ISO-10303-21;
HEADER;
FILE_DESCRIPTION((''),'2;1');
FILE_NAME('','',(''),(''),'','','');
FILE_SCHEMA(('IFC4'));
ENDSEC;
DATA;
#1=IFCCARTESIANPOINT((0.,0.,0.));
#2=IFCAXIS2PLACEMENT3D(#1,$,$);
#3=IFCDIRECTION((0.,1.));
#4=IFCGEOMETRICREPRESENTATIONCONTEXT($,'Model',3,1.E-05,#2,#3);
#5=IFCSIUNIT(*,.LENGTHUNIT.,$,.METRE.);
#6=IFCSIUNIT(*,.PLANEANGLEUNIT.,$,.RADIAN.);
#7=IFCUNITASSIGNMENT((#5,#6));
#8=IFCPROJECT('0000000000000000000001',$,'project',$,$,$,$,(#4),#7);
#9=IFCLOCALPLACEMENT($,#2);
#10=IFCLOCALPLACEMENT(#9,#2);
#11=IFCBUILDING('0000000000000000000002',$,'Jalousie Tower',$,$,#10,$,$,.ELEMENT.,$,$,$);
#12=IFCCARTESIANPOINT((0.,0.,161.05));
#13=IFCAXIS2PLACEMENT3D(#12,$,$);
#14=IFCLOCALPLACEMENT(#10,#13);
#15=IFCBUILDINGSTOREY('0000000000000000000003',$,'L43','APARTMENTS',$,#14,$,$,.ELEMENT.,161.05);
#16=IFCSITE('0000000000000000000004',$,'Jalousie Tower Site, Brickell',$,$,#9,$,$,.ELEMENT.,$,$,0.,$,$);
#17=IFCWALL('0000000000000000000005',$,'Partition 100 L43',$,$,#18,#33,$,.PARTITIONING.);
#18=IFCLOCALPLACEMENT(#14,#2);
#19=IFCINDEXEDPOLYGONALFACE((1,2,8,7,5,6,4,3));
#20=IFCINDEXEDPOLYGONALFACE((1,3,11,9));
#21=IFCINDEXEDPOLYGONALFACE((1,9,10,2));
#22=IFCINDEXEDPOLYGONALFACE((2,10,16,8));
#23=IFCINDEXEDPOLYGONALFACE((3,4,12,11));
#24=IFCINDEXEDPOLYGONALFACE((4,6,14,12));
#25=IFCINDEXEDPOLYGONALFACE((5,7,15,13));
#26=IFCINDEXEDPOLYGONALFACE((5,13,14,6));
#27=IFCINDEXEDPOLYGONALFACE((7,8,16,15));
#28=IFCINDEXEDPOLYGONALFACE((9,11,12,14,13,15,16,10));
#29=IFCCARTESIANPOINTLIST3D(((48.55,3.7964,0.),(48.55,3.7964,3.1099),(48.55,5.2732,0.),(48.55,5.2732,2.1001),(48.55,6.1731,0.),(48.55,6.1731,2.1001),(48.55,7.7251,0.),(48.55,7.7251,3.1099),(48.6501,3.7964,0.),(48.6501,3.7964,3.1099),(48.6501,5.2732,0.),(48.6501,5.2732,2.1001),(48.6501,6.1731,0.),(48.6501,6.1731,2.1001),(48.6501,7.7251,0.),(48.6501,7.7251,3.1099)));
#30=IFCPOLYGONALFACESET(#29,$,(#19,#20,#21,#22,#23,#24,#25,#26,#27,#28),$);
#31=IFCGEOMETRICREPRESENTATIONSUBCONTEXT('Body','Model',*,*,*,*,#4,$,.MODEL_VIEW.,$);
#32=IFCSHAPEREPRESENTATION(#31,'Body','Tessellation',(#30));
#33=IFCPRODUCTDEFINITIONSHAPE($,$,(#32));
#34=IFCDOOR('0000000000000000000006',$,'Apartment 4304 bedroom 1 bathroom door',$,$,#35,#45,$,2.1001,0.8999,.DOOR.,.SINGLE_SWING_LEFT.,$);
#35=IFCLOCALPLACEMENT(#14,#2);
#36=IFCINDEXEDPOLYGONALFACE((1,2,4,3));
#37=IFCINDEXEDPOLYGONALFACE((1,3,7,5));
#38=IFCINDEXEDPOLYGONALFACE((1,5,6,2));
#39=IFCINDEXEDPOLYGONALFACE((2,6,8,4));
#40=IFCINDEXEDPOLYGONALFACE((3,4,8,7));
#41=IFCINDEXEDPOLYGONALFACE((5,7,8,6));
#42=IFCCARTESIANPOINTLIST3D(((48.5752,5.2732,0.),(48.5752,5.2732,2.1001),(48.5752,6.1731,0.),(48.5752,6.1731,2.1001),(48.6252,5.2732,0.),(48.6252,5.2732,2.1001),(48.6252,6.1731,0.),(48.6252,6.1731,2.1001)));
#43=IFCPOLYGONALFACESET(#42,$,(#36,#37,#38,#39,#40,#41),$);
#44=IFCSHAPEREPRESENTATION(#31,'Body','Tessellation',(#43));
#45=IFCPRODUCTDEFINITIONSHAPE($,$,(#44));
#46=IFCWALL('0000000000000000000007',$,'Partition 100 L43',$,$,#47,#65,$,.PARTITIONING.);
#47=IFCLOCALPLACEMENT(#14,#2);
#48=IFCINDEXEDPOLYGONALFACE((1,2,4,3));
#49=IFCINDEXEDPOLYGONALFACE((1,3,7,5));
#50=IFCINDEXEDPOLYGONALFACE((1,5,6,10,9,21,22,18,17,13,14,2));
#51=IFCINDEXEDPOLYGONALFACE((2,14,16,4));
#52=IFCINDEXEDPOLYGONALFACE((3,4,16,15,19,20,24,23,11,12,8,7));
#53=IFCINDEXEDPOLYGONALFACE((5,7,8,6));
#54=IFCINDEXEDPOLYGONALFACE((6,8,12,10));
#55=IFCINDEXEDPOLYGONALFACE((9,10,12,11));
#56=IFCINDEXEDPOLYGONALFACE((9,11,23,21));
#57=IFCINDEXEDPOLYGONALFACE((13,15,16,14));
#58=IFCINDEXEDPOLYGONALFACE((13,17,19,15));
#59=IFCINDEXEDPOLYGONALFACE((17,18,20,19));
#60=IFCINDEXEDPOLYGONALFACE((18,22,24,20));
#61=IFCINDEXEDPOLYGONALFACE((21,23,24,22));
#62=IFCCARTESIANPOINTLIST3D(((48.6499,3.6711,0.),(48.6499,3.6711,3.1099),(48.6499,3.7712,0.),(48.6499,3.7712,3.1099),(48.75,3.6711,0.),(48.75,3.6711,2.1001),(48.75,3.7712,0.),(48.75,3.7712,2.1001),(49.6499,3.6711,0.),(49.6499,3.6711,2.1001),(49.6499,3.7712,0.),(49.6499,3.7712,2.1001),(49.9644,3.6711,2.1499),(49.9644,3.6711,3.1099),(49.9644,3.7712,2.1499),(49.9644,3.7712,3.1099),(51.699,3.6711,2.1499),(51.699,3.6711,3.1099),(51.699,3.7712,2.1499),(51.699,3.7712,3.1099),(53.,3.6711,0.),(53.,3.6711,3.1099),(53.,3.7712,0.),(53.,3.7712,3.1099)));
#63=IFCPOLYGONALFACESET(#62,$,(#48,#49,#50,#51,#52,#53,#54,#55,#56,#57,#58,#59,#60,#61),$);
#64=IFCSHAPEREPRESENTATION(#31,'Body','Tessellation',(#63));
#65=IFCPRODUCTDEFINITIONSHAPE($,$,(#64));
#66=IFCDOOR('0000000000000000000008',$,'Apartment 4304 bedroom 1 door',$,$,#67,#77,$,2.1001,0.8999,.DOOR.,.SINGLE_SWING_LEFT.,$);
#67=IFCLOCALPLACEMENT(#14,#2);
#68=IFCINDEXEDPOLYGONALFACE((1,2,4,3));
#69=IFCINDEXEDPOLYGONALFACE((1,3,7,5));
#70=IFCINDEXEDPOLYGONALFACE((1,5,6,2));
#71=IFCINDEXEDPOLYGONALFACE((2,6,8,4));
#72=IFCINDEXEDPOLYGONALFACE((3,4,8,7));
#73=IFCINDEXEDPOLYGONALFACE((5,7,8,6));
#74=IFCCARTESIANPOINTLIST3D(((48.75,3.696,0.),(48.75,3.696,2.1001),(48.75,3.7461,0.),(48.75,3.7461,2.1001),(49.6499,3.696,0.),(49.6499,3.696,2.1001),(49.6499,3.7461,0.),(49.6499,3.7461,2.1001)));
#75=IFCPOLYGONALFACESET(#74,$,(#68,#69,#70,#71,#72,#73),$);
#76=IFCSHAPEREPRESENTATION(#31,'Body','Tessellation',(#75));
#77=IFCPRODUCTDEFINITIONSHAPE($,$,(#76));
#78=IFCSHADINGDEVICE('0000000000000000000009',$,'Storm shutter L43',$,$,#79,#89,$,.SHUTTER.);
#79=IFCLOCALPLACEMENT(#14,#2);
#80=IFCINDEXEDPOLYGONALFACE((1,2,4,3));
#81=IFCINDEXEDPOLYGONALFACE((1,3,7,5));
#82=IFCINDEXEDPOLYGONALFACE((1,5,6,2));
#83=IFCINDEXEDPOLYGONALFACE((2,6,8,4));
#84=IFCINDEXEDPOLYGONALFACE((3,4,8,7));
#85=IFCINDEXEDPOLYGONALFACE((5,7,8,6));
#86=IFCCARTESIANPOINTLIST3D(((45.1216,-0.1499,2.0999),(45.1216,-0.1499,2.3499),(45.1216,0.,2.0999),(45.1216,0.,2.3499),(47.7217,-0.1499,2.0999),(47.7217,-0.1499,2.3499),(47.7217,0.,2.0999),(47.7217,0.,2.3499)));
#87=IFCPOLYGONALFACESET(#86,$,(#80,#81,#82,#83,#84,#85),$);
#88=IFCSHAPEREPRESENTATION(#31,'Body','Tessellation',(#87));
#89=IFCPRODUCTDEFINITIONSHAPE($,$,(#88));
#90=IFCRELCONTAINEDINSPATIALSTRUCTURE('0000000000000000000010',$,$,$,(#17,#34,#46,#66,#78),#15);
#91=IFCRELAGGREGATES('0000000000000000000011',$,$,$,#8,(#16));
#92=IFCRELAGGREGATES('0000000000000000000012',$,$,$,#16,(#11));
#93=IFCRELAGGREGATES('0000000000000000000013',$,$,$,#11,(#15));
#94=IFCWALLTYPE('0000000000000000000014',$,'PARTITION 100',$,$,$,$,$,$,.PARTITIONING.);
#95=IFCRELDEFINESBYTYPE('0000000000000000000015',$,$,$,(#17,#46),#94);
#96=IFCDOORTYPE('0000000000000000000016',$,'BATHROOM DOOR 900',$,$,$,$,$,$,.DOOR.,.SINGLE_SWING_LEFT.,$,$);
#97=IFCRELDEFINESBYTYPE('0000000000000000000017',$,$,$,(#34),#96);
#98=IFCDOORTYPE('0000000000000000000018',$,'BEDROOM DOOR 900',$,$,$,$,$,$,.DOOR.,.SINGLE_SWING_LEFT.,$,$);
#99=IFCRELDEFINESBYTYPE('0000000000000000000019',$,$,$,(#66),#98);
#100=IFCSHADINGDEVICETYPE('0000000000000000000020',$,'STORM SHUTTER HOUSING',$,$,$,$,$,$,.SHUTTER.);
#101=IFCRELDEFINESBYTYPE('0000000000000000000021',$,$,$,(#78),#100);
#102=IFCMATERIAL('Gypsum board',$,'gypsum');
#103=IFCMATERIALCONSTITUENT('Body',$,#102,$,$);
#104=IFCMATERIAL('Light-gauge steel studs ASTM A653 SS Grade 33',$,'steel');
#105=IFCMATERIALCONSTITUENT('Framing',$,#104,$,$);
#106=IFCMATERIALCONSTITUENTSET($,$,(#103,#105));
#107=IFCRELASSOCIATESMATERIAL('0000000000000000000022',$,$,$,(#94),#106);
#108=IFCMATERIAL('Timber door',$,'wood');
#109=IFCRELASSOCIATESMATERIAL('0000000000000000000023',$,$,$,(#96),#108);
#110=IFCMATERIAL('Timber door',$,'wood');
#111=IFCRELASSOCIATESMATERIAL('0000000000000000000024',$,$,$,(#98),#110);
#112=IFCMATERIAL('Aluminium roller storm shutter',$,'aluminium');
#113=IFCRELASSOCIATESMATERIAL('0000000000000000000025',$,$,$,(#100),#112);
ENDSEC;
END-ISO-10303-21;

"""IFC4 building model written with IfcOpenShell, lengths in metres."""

from ifc_helpers import new_model, si_unit, direction, frame, frame_2d, origin, origin_2d, place, context, subcontext, project, spatial, polyline, rectangle, outline, extrude, material, constituent, constituent_set, type_object, element, fill, save


model = new_model("IFC4")

# Units and contexts
model_context = context("Model", 3, precision=1e-05, world=origin(), true_north=direction((0.0, 1.0)))
body_context = subcontext(model_context, "Body", "Model", "MODEL_VIEW")
ifc_project = project(units=[si_unit("LENGTHUNIT", "METRE"), si_unit("PLANEANGLEUNIT", "RADIAN")], contexts=[model_context])

# Site, building, storey
site_placement = place(None, origin())
site = spatial("IfcSite", under=ifc_project, at=site_placement, Name="Jalousie Tower Site, Brickell", CompositionType="ELEMENT", RefElevation=0.0)
building_placement = place(site_placement, origin())
building = spatial("IfcBuilding", under=site, at=building_placement, Name="Jalousie Tower", CompositionType="ELEMENT")
storey_placement = place(building_placement, frame((0.0, 0.0, 161.05)))
storey = spatial("IfcBuildingStorey", under=building, at=storey_placement, Name="L43", Description="APARTMENTS", CompositionType="ELEMENT", Elevation=161.05)

# Walls, openings, doors
ifc_material_1 = material(Name="Gypsum board", Category="gypsum")
ifc_constituent_1 = constituent(ifc_material_1, Name="Body")
ifc_material_2 = material(Name="Light-gauge steel studs ASTM A653 SS Grade 33", Category="steel")
ifc_constituent_2 = constituent(ifc_material_2, Name="Framing")
ifc_constituent_set_1 = constituent_set(constituents=[ifc_constituent_1, ifc_constituent_2])
wall_type_1 = type_object("IfcWallType", Name="PARTITION 100", PredefinedType="PARTITIONING", material=ifc_constituent_set_1)
wall_1_placement = place(storey_placement, frame((48.6001, 3.7964, 0.0), z_axis=(0.0, 0.0, 1.0), x_axis=(0.0, 1.0, 0.0)))
wall_1 = element("IfcWall", 1, at=wall_1_placement, inside=storey, type_object=wall_type_1, Name="Partition 100 L43", PredefinedType="PARTITIONING", context=body_context, shape_type="SweptSolid", body=[
    extrude(rectangle(XDim=3.9287, YDim=0.1001, at=frame_2d((1.9644, 0.0))), origin(), (0.0, 0.0, 1.0), 3.1099),
])
opening_1_placement = place(wall_1_placement, frame((1.4768, 0.0, 0.0)))
opening_1 = element("IfcOpeningElement", 2, at=opening_1_placement, cuts=wall_1, PredefinedType="OPENING", context=body_context, shape_type="SweptSolid", body=[
    extrude(rectangle(XDim=0.8999, YDim=2.1001, at=frame_2d((0.45, 1.05))), frame((0.0, 0.0601, 0.0), z_axis=(0.0, -1.0, 0.0), x_axis=(1.0, 0.0, 0.0)), (0.0, 0.0, 1.0), 0.1201),
])
ifc_material_3 = material(Name="Timber door", Category="wood")
door_type_1 = type_object("IfcDoorType", Name="BATHROOM DOOR 900", OperationType="SINGLE_SWING_LEFT", PredefinedType="DOOR", material=ifc_material_3)
door_1_placement = place(opening_1_placement, origin())
door_1 = element("IfcDoor", 3, at=door_1_placement, inside=storey, type_object=door_type_1, Name="Apartment 4304 bedroom 1 bathroom door", OperationType="SINGLE_SWING_LEFT", OverallHeight=2.1001, OverallWidth=0.8999, PredefinedType="DOOR", context=body_context, shape_type="SweptSolid", body=[
    extrude(rectangle(XDim=0.8999, YDim=2.1001, at=frame_2d((0.45, 1.05))), frame((0.0, 0.0249, 0.0), z_axis=(0.0, -1.0, 0.0), x_axis=(1.0, 0.0, 0.0)), (0.0, 0.0, 1.0), 0.05),
])
fill(opening_1, door_1)
wall_2_placement = place(storey_placement, frame((48.6499, 3.7212, 0.0), z_axis=(0.0, 0.0, 1.0), x_axis=(1.0, 0.0, 0.0)))
wall_2 = element("IfcWall", 4, at=wall_2_placement, inside=storey, type_object=wall_type_1, Name="Partition 100 L43", PredefinedType="PARTITIONING", context=body_context, shape_type="SweptSolid", body=[
    extrude(outline(polyline([(0.0, 0.0), (4.3501, 0.0), (4.3501, 3.1099), (3.0491, 3.1099), (3.0491, 2.1499), (1.3145, 2.1499), (1.3145, 3.1099), (0.0, 3.1099), (0.0, 0.0)])), frame((0.0, 0.05, 0.0), z_axis=(0.0, -1.0, 0.0), x_axis=(1.0, 0.0, 0.0)), (0.0, 0.0, 1.0), 0.1001),
])
opening_2_placement = place(wall_2_placement, frame((0.1001, 0.0, 0.0)))
opening_2 = element("IfcOpeningElement", 5, at=opening_2_placement, cuts=wall_2, PredefinedType="OPENING", context=body_context, shape_type="SweptSolid", body=[
    extrude(rectangle(XDim=0.8999, YDim=2.1001, at=frame_2d((0.45, 1.05))), frame((0.0, 0.0601, 0.0), z_axis=(0.0, -1.0, 0.0), x_axis=(1.0, 0.0, 0.0)), (0.0, 0.0, 1.0), 0.1201),
])
ifc_material_4 = material(Name="Timber door", Category="wood")
door_type_2 = type_object("IfcDoorType", Name="BEDROOM DOOR 900", OperationType="SINGLE_SWING_LEFT", PredefinedType="DOOR", material=ifc_material_4)
door_2_placement = place(opening_2_placement, origin())
door_2 = element("IfcDoor", 6, at=door_2_placement, inside=storey, type_object=door_type_2, Name="Apartment 4304 bedroom 1 door", OperationType="SINGLE_SWING_LEFT", OverallHeight=2.1001, OverallWidth=0.8999, PredefinedType="DOOR", context=body_context, shape_type="SweptSolid", body=[
    extrude(rectangle(XDim=0.8999, YDim=2.1001, at=frame_2d((0.45, 1.05))), frame((0.0, 0.0249, 0.0), z_axis=(0.0, -1.0, 0.0), x_axis=(1.0, 0.0, 0.0)), (0.0, 0.0, 1.0), 0.05),
])
fill(opening_2, door_2)

# Shading device
ifc_material_5 = material(Name="Aluminium roller storm shutter", Category="aluminium")
shading_device_type = type_object("IfcShadingDeviceType", Name="STORM SHUTTER HOUSING", PredefinedType="SHUTTER", material=ifc_material_5)
shading_device_placement = place(storey_placement, frame((46.4216, -0.075, 2.0999), z_axis=(0.0, 0.0, 1.0), x_axis=(1.0, 0.0, 0.0)))
element("IfcShadingDevice", 7, at=shading_device_placement, inside=storey, type_object=shading_device_type, Name="Storm shutter L43", PredefinedType="SHUTTER", context=body_context, shape_type="SweptSolid", body=[
    extrude(rectangle(XDim=2.6001, YDim=0.1499, at=origin_2d()), origin(), (0.0, 0.0, 1.0), 0.25),
])

save(model, "model.ifc")
